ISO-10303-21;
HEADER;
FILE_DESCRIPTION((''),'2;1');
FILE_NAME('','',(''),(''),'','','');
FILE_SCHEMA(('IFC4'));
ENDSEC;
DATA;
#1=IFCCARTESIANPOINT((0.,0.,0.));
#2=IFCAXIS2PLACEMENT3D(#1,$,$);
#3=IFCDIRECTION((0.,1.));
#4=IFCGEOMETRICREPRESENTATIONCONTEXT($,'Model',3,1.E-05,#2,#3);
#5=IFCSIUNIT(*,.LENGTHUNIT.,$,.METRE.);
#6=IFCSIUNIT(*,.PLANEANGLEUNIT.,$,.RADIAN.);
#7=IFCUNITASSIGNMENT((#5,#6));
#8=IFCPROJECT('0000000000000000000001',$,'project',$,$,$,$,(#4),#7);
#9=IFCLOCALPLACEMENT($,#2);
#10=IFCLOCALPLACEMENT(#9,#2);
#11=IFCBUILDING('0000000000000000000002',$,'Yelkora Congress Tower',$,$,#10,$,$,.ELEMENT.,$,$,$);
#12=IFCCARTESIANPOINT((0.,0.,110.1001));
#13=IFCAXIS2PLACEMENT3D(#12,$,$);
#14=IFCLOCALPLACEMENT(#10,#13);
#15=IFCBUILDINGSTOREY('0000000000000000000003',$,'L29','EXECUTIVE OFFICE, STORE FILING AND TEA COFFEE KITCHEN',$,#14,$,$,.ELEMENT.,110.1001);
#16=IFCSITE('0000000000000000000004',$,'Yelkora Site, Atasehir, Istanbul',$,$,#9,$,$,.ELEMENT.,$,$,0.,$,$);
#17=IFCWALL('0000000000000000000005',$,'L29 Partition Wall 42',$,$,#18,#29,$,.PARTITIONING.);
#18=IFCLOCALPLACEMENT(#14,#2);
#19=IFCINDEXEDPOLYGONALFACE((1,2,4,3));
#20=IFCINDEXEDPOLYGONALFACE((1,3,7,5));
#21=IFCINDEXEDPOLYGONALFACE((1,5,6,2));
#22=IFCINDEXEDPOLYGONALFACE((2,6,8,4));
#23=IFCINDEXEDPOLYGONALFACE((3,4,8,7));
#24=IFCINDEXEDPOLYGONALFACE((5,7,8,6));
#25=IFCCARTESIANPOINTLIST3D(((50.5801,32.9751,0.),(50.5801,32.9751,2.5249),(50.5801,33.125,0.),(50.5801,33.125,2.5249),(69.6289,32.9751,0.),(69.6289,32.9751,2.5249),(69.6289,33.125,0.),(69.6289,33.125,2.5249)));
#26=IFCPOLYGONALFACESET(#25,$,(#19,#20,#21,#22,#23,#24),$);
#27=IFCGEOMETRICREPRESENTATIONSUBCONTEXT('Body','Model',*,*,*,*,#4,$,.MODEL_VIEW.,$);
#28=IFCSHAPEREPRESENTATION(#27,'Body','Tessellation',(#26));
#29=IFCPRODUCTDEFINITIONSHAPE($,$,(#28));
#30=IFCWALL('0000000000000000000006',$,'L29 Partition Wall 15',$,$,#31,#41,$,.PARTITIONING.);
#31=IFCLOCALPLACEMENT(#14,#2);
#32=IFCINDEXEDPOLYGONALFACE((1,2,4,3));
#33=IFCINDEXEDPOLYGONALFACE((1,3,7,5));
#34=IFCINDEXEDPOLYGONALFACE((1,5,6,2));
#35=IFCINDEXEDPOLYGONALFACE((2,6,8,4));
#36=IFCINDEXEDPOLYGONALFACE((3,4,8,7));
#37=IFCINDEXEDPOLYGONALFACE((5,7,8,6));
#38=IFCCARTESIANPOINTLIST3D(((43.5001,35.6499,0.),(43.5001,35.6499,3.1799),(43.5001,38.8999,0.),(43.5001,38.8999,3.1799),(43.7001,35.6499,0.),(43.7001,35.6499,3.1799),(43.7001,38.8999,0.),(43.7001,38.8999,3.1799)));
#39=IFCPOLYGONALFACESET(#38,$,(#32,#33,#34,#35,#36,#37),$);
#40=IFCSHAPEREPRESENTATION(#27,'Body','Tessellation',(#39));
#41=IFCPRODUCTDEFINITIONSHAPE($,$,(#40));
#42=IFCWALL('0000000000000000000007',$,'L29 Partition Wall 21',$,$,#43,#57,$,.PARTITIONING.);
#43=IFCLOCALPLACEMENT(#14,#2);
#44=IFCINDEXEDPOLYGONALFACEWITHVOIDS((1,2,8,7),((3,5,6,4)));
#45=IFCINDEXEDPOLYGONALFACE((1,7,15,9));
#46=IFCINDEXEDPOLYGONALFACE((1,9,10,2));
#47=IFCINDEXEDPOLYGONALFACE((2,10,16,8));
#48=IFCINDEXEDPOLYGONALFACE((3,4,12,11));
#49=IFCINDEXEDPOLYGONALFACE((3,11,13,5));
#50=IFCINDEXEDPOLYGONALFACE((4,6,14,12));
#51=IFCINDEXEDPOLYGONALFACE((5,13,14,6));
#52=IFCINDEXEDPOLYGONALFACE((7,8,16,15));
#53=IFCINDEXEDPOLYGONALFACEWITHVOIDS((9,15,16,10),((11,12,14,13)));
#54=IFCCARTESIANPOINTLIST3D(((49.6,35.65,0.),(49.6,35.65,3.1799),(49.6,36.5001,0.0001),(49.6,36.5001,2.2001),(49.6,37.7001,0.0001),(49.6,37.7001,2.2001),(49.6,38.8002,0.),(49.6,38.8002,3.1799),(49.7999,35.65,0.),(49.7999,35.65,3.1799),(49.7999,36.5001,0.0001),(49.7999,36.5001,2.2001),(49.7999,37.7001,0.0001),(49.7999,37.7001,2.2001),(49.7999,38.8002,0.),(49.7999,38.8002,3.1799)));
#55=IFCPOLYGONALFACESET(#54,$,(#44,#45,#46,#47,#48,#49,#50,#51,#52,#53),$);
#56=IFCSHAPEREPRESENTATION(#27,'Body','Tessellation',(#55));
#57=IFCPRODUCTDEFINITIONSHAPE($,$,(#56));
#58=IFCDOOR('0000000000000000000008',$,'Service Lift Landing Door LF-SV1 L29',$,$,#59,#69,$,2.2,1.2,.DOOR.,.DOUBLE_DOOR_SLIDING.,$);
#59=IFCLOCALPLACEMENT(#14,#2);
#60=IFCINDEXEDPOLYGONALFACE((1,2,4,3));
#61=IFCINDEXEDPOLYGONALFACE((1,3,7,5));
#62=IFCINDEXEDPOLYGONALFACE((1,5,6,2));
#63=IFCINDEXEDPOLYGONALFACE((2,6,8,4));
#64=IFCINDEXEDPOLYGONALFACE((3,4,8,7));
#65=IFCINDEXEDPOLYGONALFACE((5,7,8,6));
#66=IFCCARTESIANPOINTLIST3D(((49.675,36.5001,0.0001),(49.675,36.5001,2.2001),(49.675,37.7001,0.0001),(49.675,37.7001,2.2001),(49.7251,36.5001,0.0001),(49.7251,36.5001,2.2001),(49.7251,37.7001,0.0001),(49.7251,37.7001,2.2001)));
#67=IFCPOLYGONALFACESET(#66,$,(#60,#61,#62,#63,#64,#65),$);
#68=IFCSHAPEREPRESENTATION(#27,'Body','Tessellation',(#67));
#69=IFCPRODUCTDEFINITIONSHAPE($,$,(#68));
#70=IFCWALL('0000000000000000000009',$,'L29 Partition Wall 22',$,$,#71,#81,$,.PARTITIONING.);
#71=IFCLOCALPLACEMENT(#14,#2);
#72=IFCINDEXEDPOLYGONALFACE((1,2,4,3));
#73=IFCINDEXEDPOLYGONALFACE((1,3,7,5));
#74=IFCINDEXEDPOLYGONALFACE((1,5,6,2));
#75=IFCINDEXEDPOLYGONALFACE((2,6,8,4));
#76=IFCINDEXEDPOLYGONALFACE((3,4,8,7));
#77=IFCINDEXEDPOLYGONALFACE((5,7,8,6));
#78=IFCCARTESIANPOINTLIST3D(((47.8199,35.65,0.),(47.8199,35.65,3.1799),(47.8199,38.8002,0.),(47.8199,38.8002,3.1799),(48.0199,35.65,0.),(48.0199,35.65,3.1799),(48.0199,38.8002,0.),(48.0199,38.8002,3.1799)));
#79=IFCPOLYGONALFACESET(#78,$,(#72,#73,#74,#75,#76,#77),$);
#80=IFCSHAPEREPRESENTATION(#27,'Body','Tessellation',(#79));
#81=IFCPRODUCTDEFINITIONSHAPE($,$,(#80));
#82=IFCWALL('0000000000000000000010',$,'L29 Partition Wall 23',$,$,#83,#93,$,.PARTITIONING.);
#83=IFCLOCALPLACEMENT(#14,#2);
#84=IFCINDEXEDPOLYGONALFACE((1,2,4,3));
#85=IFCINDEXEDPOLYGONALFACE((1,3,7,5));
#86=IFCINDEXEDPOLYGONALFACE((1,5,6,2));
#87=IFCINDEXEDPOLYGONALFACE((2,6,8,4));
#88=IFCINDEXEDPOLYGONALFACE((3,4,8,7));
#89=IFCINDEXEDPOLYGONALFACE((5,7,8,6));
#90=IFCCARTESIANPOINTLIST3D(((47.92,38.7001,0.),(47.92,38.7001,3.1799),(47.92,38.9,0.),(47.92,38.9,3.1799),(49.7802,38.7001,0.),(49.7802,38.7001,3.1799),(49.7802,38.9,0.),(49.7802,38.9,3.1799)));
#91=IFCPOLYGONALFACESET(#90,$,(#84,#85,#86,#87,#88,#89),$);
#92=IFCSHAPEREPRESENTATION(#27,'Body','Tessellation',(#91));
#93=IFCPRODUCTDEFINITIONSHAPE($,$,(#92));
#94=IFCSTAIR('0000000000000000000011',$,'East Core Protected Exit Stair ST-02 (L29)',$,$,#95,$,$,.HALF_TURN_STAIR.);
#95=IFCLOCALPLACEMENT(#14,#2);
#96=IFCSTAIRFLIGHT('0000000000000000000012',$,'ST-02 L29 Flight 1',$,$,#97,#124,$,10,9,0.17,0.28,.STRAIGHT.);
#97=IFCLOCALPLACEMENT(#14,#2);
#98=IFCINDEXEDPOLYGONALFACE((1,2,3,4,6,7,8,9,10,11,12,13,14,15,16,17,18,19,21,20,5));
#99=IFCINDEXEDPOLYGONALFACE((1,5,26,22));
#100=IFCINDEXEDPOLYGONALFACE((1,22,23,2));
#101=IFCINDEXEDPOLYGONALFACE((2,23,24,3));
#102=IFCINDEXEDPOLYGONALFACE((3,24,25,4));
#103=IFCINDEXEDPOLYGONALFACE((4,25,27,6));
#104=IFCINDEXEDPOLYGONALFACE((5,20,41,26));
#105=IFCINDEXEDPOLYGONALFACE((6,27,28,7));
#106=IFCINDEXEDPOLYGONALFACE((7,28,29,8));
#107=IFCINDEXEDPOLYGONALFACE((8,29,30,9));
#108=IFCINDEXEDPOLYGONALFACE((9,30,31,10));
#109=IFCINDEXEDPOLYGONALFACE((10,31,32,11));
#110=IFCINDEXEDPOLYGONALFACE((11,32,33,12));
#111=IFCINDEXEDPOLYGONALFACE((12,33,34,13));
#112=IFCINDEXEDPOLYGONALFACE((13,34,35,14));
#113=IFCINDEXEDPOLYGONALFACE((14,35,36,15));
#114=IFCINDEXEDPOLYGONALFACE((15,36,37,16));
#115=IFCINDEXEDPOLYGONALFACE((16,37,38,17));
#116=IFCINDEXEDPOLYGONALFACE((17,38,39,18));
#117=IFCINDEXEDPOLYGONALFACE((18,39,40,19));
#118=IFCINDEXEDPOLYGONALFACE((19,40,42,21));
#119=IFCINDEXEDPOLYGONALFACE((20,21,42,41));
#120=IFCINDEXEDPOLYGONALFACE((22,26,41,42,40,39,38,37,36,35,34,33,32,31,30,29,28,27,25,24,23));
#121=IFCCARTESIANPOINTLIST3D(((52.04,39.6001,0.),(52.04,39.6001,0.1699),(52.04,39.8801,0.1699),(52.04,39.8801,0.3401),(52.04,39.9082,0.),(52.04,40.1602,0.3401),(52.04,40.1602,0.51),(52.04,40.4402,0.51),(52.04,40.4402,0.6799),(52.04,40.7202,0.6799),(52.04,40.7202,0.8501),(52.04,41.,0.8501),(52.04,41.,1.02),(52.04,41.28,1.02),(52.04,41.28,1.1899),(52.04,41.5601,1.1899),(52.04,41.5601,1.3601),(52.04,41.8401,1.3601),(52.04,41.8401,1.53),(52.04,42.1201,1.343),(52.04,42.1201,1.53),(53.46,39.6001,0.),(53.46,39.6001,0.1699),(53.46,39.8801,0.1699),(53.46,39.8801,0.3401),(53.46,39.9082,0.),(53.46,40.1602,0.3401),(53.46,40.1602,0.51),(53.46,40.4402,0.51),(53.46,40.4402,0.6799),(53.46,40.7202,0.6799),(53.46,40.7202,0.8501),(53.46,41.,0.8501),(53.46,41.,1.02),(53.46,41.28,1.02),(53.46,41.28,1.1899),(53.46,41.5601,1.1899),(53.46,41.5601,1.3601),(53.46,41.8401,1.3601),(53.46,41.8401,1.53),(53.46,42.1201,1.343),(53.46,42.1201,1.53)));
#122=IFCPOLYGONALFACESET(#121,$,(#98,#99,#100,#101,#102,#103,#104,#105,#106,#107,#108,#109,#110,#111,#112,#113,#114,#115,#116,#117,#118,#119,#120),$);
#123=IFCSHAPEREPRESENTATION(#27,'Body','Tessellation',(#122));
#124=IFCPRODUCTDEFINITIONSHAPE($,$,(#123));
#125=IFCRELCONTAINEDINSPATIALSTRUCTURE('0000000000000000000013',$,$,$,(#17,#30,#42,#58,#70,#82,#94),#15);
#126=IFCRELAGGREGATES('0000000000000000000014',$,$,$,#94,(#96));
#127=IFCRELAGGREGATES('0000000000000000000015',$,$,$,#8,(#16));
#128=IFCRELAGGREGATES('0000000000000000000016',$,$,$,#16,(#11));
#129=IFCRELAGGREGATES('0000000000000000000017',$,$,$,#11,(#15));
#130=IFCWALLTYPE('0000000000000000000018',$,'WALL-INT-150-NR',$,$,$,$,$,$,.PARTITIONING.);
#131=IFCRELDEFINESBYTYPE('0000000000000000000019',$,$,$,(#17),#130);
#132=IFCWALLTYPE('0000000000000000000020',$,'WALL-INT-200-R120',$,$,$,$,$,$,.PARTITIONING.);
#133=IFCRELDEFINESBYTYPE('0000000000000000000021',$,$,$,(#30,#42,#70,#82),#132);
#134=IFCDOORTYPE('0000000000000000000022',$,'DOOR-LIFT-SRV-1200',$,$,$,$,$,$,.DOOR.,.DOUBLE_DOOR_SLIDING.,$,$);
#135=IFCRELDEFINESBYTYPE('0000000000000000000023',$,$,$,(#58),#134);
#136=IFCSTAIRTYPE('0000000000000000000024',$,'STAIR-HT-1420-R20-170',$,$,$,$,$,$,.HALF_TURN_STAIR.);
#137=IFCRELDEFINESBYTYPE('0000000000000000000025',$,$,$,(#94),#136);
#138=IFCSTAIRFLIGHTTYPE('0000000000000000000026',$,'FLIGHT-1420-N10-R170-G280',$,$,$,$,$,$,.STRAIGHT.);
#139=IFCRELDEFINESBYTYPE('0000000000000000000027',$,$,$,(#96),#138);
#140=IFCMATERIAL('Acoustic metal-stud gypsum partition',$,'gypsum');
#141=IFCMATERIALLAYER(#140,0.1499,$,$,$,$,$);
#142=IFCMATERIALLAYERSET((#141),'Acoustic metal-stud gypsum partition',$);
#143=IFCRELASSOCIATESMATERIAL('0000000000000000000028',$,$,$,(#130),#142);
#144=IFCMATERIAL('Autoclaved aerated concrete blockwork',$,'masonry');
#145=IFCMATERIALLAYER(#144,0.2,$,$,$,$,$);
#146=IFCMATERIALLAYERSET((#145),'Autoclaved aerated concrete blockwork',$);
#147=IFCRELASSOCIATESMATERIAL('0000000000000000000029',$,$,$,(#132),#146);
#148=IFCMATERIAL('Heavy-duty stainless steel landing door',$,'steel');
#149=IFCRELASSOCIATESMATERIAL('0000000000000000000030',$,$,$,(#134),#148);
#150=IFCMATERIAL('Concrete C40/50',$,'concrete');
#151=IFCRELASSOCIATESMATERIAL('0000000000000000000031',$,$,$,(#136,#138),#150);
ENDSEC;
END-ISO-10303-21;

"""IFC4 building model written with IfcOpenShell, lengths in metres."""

from ifc_helpers import new_model, si_unit, direction, frame, frame_2d, origin, place, context, subcontext, project, spatial, polyline, rectangle, outline, extrude, material, layer, layer_set, type_object, element, fill, aggregate, save


model = new_model("IFC4")

# Units and contexts
model_context = context("Model", 3, precision=1e-05, world=origin(), true_north=direction((0.0, 1.0)))
body_context = subcontext(model_context, "Body", "Model", "MODEL_VIEW")
ifc_project = project(units=[si_unit("LENGTHUNIT", "METRE"), si_unit("PLANEANGLEUNIT", "RADIAN")], contexts=[model_context])

# Site, building, storey
site_placement = place(None, origin())
site = spatial("IfcSite", under=ifc_project, at=site_placement, Name="Yelkora Site, Atasehir, Istanbul", CompositionType="ELEMENT", RefElevation=0.0)
building_placement = place(site_placement, origin())
building = spatial("IfcBuilding", under=site, at=building_placement, Name="Yelkora Congress Tower", CompositionType="ELEMENT")
storey_placement = place(building_placement, frame((0.0, 0.0, 110.1001)))
storey = spatial("IfcBuildingStorey", under=building, at=storey_placement, Name="L29", Description="EXECUTIVE OFFICE, STORE FILING AND TEA COFFEE KITCHEN", CompositionType="ELEMENT", Elevation=110.1001)

# Shared definitions
ifc_material_1 = material(Name="Acoustic metal-stud gypsum partition", Category="gypsum")
ifc_layer_1 = layer(ifc_material_1, 0.1499)
ifc_layer_set_1 = layer_set([ifc_layer_1], Name="Acoustic metal-stud gypsum partition")
wall_type_1 = type_object("IfcWallType", Name="WALL-INT-150-NR", PredefinedType="PARTITIONING", material=ifc_layer_set_1)

# Walls
wall_1_placement = place(storey_placement, frame((50.5801, 33.05, 0.0), z_axis=(0.0, 0.0, 1.0), x_axis=(1.0, 0.0, 0.0)))
element("IfcWall", 1, at=wall_1_placement, inside=storey, type_object=wall_type_1, Name="L29 Partition Wall 42", PredefinedType="PARTITIONING", context=body_context, shape_type="SweptSolid", body=[
    extrude(rectangle(XDim=19.0488, YDim=0.1499, at=frame_2d((9.5244, 0.0))), origin(), (0.0, 0.0, 1.0), 2.5249),
])
ifc_material_2 = material(Name="Autoclaved aerated concrete blockwork", Category="masonry")
ifc_layer_2 = layer(ifc_material_2, 0.2)
ifc_layer_set_2 = layer_set([ifc_layer_2], Name="Autoclaved aerated concrete blockwork")
wall_type_2 = type_object("IfcWallType", Name="WALL-INT-200-R120", PredefinedType="PARTITIONING", material=ifc_layer_set_2)
wall_2_placement = place(storey_placement, frame((43.6001, 35.6499, 0.0), z_axis=(0.0, 0.0, 1.0), x_axis=(0.0, 1.0, 0.0)))
element("IfcWall", 2, at=wall_2_placement, inside=storey, type_object=wall_type_2, Name="L29 Partition Wall 15", PredefinedType="PARTITIONING", context=body_context, shape_type="SweptSolid", body=[
    extrude(rectangle(XDim=3.25, YDim=0.2, at=frame_2d((1.625, 0.0))), origin(), (0.0, 0.0, 1.0), 3.1799),
])

# Wall, opening, door
wall_3_placement = place(storey_placement, frame((49.7, 35.6499, 0.0), z_axis=(0.0, 0.0, 1.0), x_axis=(0.0, 1.0, 0.0)))
wall_3 = element("IfcWall", 3, at=wall_3_placement, inside=storey, type_object=wall_type_2, Name="L29 Partition Wall 21", PredefinedType="PARTITIONING", context=body_context, shape_type="SweptSolid", body=[
    extrude(rectangle(XDim=3.1501, YDim=0.2, at=frame_2d((1.5752, 0.0))), origin(), (0.0, 0.0, 1.0), 3.1799),
])
opening_1_placement = place(wall_3_placement, frame((0.8501, 0.0, 0.0)))
opening_1 = element("IfcOpeningElement", 4, at=opening_1_placement, cuts=wall_3, PredefinedType="OPENING", context=body_context, shape_type="SweptSolid", body=[
    extrude(rectangle(XDim=1.2, YDim=2.2, at=frame_2d((0.6001, 1.1001))), frame((0.0, 0.1099, 0.0), z_axis=(0.0, -1.0, 0.0), x_axis=(1.0, 0.0, 0.0)), (0.0, 0.0, 1.0), 0.22),
])
ifc_material_3 = material(Name="Heavy-duty stainless steel landing door", Category="steel")
door_type_1 = type_object("IfcDoorType", Name="DOOR-LIFT-SRV-1200", OperationType="DOUBLE_DOOR_SLIDING", PredefinedType="DOOR", material=ifc_material_3)
door_1_placement = place(opening_1_placement, origin())
door_1 = element("IfcDoor", 5, at=door_1_placement, inside=storey, type_object=door_type_1, Name="Service Lift Landing Door LF-SV1 L29", OperationType="DOUBLE_DOOR_SLIDING", OverallHeight=2.2, OverallWidth=1.2, PredefinedType="DOOR", context=body_context, shape_type="SweptSolid", body=[
    extrude(rectangle(XDim=1.2, YDim=2.2, at=frame_2d((0.6001, 1.1001))), frame((0.0, 0.0249, 0.0), z_axis=(0.0, -1.0, 0.0), x_axis=(1.0, 0.0, 0.0)), (0.0, 0.0, 1.0), 0.05),
])
fill(opening_1, door_1)

# Walls
wall_4_placement = place(storey_placement, frame((47.9199, 35.6499, 0.0), z_axis=(0.0, 0.0, 1.0), x_axis=(0.0, 1.0, 0.0)))
element("IfcWall", 6, at=wall_4_placement, inside=storey, type_object=wall_type_2, Name="L29 Partition Wall 22", PredefinedType="PARTITIONING", context=body_context, shape_type="SweptSolid", body=[
    extrude(rectangle(XDim=3.1501, YDim=0.2, at=frame_2d((1.5752, 0.0))), origin(), (0.0, 0.0, 1.0), 3.1799),
])
wall_5_placement = place(storey_placement, frame((47.9199, 38.8, 0.0), z_axis=(0.0, 0.0, 1.0), x_axis=(1.0, 0.0, 0.0)))
element("IfcWall", 7, at=wall_5_placement, inside=storey, type_object=wall_type_2, Name="L29 Partition Wall 23", PredefinedType="PARTITIONING", context=body_context, shape_type="SweptSolid", body=[
    extrude(rectangle(XDim=1.8601, YDim=0.2, at=frame_2d((0.9302, 0.0))), origin(), (0.0, 0.0, 1.0), 3.1799),
])

# Stair, stair flight
ifc_material_4 = material(Name="Concrete C40/50", Category="concrete")
stair_type = type_object("IfcStairType", Name="STAIR-HT-1420-R20-170", PredefinedType="HALF_TURN_STAIR", material=ifc_material_4)
stair_placement = place(storey_placement, origin())
stair = element("IfcStair", 8, at=stair_placement, inside=storey, type_object=stair_type, Name="East Core Protected Exit Stair ST-02 (L29)", PredefinedType="HALF_TURN_STAIR")
stair_flight_type = type_object("IfcStairFlightType", Name="FLIGHT-1420-N10-R170-G280", PredefinedType="STRAIGHT", material=ifc_material_4)
stair_flight_placement = place(storey_placement, frame((52.75, 39.6001, 0.0), z_axis=(0.0, 0.0, 1.0), x_axis=(0.0, 1.0, 0.0)))
stair_flight = element("IfcStairFlight", 9, at=stair_flight_placement, type_object=stair_flight_type, Name="ST-02 L29 Flight 1", NumberOfRisers=10, NumberOfTreads=9, PredefinedType="STRAIGHT", RiserHeight=0.17, TreadLength=0.28, context=body_context, shape_type="SweptSolid", body=[
    extrude(outline(polyline([(0.0, 0.0), (0.0, 0.1699), (0.28, 0.1699), (0.28, 0.3401), (0.5601, 0.3401), (0.5601, 0.51), (0.8401, 0.51), (0.8401, 0.6799), (1.1201, 0.6799), (1.1201, 0.8501), (1.3999, 0.8501), (1.3999, 1.02), (1.6799, 1.02), (1.6799, 1.1899), (1.96, 1.1899), (1.96, 1.3601), (2.24, 1.3601), (2.24, 1.53), (2.52, 1.53), (2.52, 1.7), (2.52, 1.343), (0.3081, 0.0), (0.0, 0.0)])), frame((0.0, 0.71, 0.0), z_axis=(0.0, -1.0, 0.0), x_axis=(1.0, 0.0, 0.0)), (0.0, 0.0, 1.0), 1.4199),
])
aggregate(stair, [stair_flight])

save(model, "model.ifc")
